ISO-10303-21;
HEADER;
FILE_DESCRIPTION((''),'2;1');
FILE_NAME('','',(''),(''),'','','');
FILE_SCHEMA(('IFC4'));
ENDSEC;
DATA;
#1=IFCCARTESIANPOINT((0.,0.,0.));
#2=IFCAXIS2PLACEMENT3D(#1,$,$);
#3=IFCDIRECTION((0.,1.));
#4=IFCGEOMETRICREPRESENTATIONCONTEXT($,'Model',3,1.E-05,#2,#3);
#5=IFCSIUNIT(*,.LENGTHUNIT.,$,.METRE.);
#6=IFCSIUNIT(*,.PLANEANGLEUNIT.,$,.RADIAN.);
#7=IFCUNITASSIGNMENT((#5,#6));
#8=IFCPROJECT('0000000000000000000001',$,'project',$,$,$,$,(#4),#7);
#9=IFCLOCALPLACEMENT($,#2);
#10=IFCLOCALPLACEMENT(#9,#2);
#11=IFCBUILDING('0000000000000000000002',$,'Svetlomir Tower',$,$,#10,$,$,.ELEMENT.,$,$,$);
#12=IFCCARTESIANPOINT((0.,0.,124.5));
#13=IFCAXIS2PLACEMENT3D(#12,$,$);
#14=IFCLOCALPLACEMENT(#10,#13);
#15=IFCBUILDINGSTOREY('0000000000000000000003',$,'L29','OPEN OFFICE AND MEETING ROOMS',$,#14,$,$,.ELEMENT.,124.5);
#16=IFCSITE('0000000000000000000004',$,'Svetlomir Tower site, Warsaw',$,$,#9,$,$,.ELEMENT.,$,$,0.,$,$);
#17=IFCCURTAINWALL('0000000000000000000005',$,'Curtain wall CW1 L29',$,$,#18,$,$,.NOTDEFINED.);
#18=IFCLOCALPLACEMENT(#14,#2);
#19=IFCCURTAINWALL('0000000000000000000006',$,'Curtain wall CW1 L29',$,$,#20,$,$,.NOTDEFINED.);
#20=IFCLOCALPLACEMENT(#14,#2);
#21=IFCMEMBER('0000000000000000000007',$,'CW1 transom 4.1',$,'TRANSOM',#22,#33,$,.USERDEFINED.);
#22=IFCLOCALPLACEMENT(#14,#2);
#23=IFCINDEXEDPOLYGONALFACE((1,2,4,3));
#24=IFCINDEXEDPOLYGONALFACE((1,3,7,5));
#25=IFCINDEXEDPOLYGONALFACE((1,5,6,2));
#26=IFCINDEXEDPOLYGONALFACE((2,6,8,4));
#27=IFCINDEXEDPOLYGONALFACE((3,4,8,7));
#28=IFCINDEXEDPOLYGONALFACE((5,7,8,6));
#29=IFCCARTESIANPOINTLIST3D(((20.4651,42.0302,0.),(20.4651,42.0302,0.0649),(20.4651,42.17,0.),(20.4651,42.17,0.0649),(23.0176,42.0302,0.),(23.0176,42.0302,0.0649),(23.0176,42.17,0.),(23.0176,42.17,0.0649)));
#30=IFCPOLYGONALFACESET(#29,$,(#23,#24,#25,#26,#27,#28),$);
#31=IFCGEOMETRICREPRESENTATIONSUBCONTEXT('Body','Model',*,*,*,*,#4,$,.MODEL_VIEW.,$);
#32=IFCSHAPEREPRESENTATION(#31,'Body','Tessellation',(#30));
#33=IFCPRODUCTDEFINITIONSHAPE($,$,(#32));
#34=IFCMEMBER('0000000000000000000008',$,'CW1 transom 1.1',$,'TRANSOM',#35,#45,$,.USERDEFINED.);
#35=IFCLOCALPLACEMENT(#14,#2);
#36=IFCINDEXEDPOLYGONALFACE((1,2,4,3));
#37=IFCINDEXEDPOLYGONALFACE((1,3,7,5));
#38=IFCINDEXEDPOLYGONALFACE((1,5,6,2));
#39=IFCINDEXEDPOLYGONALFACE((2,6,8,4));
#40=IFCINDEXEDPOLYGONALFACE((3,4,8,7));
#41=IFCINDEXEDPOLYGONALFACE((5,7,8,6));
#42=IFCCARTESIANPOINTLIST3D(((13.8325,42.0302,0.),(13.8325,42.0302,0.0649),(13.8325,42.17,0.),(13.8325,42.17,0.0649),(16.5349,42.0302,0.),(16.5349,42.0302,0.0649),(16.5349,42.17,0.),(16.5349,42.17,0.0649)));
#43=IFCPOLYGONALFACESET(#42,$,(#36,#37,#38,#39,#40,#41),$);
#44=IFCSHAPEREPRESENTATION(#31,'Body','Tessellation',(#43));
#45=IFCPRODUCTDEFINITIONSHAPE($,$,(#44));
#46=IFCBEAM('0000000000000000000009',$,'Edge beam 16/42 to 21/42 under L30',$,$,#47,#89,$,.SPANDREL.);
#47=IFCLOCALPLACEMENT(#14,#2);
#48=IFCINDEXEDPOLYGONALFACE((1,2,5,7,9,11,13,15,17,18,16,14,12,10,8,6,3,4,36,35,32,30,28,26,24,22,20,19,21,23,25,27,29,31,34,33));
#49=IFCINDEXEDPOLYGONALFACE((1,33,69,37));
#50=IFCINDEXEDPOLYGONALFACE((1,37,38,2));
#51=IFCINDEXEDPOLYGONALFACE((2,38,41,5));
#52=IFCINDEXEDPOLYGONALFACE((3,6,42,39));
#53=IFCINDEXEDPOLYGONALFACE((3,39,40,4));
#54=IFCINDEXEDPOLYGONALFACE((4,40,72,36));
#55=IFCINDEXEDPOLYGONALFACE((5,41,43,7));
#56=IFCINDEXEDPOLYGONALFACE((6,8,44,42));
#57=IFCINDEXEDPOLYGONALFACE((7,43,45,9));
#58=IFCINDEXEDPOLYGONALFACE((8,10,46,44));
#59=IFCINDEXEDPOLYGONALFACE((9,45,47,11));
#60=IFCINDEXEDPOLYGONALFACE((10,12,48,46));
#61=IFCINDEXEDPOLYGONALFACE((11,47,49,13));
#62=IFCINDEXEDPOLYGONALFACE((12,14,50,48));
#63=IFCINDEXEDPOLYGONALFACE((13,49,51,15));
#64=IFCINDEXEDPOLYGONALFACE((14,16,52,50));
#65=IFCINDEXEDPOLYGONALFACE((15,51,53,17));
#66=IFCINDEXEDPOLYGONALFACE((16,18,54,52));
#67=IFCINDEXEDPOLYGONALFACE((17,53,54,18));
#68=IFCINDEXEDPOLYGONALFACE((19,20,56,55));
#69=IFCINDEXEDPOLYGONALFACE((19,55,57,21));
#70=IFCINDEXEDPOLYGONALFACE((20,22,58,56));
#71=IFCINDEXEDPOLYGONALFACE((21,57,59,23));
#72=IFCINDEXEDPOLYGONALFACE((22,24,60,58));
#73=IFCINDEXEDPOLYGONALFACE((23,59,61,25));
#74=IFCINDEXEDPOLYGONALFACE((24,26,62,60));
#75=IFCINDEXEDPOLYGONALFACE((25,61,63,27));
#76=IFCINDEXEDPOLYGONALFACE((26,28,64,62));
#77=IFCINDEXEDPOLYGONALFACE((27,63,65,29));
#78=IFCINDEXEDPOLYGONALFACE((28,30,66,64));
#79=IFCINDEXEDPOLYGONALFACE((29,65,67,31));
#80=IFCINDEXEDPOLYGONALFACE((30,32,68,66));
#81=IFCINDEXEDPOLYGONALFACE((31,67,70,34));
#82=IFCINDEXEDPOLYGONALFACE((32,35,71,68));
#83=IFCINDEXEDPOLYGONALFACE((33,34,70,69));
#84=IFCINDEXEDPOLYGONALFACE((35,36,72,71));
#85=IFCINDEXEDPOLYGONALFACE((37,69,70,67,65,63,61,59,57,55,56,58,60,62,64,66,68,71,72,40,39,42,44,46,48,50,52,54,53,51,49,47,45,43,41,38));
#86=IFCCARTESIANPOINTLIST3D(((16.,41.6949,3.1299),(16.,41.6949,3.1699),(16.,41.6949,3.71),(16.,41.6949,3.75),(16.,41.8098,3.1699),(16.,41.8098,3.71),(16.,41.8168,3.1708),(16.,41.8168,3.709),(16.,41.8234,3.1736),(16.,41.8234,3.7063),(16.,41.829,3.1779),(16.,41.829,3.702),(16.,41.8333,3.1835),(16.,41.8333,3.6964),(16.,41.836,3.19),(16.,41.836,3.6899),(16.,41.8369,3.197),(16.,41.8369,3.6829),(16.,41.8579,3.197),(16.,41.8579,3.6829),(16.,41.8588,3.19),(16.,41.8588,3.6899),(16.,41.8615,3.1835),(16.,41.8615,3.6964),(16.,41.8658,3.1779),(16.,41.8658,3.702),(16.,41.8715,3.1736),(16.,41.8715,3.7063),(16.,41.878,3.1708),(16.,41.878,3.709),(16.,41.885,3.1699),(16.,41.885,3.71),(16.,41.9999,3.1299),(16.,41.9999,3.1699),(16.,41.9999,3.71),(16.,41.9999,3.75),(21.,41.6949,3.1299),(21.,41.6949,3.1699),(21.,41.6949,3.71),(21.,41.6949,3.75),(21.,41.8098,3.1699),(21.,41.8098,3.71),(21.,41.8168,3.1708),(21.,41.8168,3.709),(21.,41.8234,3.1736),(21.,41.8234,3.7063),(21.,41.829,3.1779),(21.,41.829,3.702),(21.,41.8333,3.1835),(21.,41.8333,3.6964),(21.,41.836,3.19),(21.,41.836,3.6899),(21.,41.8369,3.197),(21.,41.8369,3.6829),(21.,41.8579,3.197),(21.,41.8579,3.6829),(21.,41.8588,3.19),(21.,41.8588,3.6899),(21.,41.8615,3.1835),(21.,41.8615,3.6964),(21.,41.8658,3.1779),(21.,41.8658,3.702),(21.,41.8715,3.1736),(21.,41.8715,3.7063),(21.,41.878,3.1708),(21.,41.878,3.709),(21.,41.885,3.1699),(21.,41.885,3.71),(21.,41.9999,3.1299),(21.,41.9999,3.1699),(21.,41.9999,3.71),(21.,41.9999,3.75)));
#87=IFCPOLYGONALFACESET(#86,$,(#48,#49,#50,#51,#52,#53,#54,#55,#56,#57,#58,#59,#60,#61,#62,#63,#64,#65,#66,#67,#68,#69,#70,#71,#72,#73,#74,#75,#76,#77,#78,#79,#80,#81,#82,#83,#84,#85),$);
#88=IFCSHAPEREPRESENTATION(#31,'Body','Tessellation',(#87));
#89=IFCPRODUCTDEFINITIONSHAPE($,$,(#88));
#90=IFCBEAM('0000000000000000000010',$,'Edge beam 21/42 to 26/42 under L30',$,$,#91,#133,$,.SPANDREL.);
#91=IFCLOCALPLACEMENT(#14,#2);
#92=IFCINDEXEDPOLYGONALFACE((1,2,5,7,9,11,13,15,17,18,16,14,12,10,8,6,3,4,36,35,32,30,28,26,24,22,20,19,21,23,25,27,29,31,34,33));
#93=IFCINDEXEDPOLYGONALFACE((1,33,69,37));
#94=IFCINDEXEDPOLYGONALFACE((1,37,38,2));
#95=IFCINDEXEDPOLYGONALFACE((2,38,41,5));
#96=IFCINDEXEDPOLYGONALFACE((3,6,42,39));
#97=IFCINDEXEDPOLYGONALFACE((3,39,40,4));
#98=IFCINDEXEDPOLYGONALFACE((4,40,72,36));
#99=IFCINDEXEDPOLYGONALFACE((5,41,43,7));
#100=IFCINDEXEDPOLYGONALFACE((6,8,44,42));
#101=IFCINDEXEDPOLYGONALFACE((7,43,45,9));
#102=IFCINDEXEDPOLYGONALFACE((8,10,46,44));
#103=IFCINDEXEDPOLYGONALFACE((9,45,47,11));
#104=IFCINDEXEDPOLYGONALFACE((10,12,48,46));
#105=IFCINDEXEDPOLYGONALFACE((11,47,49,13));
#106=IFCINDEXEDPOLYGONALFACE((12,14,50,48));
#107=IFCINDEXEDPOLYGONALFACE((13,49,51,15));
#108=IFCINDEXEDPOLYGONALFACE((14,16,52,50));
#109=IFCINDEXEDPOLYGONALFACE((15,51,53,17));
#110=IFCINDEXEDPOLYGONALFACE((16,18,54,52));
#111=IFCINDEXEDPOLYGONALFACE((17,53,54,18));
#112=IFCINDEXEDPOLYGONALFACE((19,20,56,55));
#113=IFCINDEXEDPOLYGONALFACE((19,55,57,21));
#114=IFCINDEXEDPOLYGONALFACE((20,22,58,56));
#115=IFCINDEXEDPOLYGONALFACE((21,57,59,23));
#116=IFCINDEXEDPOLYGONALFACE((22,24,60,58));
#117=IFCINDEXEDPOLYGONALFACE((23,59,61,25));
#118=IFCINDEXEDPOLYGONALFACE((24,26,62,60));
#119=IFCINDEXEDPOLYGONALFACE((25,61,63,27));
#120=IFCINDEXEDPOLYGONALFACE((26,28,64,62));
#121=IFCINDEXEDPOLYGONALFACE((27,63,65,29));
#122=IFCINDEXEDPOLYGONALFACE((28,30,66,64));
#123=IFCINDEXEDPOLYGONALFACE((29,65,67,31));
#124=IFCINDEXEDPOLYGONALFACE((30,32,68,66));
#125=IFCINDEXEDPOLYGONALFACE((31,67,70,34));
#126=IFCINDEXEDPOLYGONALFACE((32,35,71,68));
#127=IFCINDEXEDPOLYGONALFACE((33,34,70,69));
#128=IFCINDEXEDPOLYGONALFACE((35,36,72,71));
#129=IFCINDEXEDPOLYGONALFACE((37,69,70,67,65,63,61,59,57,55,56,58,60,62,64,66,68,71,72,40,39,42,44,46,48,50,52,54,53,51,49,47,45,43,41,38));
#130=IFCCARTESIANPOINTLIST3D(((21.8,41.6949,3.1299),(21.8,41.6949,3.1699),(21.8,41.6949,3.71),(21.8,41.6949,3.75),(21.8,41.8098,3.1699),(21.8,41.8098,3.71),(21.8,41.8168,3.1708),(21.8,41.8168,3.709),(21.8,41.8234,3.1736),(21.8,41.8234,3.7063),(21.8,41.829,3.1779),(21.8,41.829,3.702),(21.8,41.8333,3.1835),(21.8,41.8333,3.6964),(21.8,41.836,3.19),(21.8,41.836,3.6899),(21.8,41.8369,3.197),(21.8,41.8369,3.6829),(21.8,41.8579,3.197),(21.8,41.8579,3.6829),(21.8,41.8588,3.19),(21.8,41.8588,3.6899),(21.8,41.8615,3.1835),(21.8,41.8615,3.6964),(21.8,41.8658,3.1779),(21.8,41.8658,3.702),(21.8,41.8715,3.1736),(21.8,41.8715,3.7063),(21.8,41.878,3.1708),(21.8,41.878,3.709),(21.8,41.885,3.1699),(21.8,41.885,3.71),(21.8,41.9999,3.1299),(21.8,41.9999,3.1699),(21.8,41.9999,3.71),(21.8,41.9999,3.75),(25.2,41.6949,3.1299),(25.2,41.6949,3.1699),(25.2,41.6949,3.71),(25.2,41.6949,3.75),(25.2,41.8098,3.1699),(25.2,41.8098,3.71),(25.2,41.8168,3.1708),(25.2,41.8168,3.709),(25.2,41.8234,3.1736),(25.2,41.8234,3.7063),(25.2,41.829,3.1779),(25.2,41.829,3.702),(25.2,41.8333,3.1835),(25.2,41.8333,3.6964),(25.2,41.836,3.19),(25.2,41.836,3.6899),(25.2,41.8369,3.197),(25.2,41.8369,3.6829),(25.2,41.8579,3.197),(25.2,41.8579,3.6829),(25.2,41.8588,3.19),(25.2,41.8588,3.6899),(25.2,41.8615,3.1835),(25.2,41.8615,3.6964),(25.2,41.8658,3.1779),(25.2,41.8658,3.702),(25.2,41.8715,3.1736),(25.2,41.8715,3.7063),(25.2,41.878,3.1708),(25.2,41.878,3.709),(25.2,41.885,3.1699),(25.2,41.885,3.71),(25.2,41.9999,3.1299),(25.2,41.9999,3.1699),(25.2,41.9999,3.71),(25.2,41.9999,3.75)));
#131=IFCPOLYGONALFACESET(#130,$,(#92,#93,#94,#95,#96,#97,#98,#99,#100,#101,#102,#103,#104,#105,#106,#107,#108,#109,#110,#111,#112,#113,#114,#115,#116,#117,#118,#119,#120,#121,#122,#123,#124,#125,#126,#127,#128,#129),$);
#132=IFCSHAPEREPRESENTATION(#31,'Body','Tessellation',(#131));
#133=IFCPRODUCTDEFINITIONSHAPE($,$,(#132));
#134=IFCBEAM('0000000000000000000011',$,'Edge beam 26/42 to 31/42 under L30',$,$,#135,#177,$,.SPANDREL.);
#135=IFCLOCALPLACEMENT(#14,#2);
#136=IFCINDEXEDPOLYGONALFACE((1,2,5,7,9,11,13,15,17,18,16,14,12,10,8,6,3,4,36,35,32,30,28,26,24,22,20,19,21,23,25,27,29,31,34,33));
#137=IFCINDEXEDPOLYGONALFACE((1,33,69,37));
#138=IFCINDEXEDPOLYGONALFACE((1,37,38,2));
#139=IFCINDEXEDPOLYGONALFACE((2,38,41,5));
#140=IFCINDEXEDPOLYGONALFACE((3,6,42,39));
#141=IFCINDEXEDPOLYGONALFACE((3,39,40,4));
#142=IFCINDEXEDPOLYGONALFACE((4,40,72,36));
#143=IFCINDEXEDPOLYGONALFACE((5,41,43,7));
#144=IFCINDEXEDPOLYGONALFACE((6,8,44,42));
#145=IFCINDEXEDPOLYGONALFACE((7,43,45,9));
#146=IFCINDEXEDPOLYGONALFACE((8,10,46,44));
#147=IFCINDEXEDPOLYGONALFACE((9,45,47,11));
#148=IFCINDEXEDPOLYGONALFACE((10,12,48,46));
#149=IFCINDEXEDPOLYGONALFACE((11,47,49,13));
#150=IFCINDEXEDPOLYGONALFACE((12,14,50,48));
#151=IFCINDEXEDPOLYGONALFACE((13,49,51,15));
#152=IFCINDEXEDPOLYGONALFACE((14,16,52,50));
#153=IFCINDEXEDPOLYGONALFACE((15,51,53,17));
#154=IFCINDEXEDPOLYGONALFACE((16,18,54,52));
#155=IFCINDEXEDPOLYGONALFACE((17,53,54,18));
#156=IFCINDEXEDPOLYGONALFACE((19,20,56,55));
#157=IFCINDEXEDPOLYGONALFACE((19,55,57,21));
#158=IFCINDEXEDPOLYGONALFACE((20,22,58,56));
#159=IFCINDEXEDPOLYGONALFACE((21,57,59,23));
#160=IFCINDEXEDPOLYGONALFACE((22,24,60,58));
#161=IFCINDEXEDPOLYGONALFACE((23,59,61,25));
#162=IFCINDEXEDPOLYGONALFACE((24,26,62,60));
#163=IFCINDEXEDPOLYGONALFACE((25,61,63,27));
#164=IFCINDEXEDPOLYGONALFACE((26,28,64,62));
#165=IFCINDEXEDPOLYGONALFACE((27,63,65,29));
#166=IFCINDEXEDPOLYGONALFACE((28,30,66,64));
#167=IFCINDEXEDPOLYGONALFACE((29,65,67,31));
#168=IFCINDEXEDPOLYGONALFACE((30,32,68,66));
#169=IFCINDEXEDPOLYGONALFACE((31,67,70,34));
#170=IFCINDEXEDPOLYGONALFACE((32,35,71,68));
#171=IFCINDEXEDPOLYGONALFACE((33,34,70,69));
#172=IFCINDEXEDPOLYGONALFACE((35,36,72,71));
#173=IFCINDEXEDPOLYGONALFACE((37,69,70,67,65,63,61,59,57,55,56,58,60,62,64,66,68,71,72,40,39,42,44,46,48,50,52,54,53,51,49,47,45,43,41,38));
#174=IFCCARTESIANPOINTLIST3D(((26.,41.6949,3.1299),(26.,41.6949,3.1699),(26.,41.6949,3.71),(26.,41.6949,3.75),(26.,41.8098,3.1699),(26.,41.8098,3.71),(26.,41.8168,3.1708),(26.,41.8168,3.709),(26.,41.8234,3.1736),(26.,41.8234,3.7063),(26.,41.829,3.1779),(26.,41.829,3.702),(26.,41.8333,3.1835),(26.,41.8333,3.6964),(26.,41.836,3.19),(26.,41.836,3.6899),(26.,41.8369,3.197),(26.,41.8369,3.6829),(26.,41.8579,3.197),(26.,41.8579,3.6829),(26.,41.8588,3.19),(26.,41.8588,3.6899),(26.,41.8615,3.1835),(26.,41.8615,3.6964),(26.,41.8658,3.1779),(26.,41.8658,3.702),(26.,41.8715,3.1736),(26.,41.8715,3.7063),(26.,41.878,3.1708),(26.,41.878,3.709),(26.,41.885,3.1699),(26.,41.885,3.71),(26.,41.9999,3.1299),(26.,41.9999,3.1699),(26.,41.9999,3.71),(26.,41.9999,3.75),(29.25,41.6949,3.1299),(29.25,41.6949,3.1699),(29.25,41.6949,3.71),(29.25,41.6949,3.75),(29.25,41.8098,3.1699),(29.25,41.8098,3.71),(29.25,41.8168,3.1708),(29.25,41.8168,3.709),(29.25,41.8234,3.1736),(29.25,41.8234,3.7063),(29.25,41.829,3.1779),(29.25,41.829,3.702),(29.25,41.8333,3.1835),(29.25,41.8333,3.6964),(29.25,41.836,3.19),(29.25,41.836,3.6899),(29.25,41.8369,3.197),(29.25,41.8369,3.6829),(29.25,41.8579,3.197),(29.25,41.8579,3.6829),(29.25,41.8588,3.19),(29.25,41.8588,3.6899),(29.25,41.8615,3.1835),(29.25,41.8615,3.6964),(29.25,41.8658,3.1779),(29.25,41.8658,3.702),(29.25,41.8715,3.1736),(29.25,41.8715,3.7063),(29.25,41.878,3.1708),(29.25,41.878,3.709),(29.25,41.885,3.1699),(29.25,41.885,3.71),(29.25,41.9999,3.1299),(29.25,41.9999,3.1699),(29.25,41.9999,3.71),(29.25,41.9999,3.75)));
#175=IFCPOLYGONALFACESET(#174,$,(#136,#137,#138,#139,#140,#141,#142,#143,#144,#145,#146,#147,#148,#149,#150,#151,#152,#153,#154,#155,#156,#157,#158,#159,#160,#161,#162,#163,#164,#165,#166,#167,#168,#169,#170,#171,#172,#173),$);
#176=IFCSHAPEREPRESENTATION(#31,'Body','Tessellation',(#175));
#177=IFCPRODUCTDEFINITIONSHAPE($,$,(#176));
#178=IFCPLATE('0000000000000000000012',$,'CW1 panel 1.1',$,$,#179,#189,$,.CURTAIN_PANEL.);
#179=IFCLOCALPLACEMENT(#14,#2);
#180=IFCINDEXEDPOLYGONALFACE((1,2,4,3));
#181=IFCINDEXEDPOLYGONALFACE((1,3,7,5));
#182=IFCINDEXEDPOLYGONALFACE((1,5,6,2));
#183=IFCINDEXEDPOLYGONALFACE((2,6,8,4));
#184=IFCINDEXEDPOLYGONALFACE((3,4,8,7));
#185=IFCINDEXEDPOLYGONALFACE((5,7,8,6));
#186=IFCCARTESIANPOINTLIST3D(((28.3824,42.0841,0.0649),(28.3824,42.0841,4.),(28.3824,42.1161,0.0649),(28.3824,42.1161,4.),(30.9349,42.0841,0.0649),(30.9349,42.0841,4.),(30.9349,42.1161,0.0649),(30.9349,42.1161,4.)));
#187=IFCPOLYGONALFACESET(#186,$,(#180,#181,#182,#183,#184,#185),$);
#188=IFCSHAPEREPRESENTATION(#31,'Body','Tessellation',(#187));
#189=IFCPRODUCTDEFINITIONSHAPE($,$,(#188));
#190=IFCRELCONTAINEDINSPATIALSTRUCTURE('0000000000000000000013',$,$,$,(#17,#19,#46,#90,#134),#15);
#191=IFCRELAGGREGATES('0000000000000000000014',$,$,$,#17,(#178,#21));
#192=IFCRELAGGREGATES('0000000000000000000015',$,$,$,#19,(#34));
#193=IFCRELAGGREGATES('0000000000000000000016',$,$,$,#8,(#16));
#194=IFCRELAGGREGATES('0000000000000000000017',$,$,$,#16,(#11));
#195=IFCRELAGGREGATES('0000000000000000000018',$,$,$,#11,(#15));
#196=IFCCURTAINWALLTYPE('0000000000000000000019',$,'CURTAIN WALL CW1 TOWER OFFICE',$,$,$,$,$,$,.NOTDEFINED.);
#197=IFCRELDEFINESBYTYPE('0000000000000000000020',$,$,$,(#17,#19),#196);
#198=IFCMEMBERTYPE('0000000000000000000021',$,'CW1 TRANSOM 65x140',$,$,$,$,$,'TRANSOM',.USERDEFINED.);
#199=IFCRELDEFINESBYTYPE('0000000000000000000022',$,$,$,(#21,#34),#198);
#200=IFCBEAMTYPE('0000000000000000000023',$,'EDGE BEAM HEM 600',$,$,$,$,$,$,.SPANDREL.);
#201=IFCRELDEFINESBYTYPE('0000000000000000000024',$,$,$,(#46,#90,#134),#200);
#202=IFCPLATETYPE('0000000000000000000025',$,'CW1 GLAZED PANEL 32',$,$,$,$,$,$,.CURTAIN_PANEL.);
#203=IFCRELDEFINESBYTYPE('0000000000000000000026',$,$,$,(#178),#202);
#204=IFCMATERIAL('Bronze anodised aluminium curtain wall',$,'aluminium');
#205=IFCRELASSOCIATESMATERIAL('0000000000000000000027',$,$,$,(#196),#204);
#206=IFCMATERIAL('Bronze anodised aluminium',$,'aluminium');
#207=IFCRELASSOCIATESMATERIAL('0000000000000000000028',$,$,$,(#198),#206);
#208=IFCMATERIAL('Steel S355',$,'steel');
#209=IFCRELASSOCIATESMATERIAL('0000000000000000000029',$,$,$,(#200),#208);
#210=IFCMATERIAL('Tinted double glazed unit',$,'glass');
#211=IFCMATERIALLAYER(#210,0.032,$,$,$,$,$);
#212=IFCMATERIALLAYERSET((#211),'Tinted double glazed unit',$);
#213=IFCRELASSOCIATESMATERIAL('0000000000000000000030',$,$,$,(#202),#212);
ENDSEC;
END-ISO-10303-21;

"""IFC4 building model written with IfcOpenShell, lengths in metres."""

from ifc_helpers import new_model, si_unit, direction, frame, origin, origin_2d, place, context, subcontext, project, spatial, rectangle, i_section, extrude, material, layer, layer_set, material_profile, profile_set, type_object, element, aggregate, save


model = new_model("IFC4")

# Units and contexts
model_context = context("Model", 3, precision=1e-05, world=origin(), true_north=direction((0.0, 1.0)))
body_context = subcontext(model_context, "Body", "Model", "MODEL_VIEW")
ifc_project = project(units=[si_unit("LENGTHUNIT", "METRE"), si_unit("PLANEANGLEUNIT", "RADIAN")], contexts=[model_context])

# Site, building, storey
site_placement = place(None, origin())
site = spatial("IfcSite", under=ifc_project, at=site_placement, Name="Svetlomir Tower site, Warsaw", CompositionType="ELEMENT", RefElevation=0.0)
building_placement = place(site_placement, origin())
building = spatial("IfcBuilding", under=site, at=building_placement, Name="Svetlomir Tower", CompositionType="ELEMENT")
storey_placement = place(building_placement, frame((0.0, 0.0, 124.5)))
storey = spatial("IfcBuildingStorey", under=building, at=storey_placement, Name="L29", Description="OPEN OFFICE AND MEETING ROOMS", CompositionType="ELEMENT", Elevation=124.5)

# Curtain wall
ifc_material_1 = material(Name="Bronze anodised aluminium curtain wall", Category="aluminium")
curtain_wall_type = type_object("IfcCurtainWallType", Name="CURTAIN WALL CW1 TOWER OFFICE", PredefinedType="NOTDEFINED", material=ifc_material_1)
curtain_wall_1_placement = place(storey_placement, origin())
curtain_wall_1 = element("IfcCurtainWall", 1, at=curtain_wall_1_placement, inside=storey, type_object=curtain_wall_type, Name="Curtain wall CW1 L29", PredefinedType="NOTDEFINED")

# Curtain wall
curtain_wall_2_placement = place(storey_placement, origin())
curtain_wall_2 = element("IfcCurtainWall", 2, at=curtain_wall_2_placement, inside=storey, type_object=curtain_wall_type, Name="Curtain wall CW1 L29", PredefinedType="NOTDEFINED")

# Members
ifc_material_2 = material(Name="Bronze anodised aluminium", Category="aluminium")
ifc_material_profile_1 = material_profile(ifc_material_2, rectangle(XDim=0.1399, YDim=0.0649, at=origin_2d()), Name="AL 140x65")
ifc_profile_set_1 = profile_set([ifc_material_profile_1], Name="Bronze anodised aluminium 6063-T6")
member_type_1 = type_object("IfcMemberType", Name="CW1 TRANSOM 65x140", ElementType="TRANSOM", PredefinedType="USERDEFINED", material=ifc_profile_set_1)
member_1_placement = place(storey_placement, frame((23.0176, 42.1001, 0.0325), z_axis=(-1.0, 0.0, 0.0), x_axis=(0.0, -1.0, 0.0)))
member_1 = element("IfcMember", 3, at=member_1_placement, type_object=member_type_1, Name="CW1 transom 4.1", ObjectType="TRANSOM", PredefinedType="USERDEFINED", context=body_context, shape_type="SweptSolid", body=[
    extrude(rectangle(XDim=0.1399, YDim=0.0649, at=origin_2d()), origin(), (0.0, 0.0, 1.0), 2.5525),
])
member_2_placement = place(storey_placement, frame((16.5349, 42.1001, 0.0325), z_axis=(-1.0, 0.0, 0.0), x_axis=(0.0, -1.0, 0.0)))
member_2 = element("IfcMember", 4, at=member_2_placement, type_object=member_type_1, Name="CW1 transom 1.1", ObjectType="TRANSOM", PredefinedType="USERDEFINED", context=body_context, shape_type="SweptSolid", body=[
    extrude(rectangle(XDim=0.1399, YDim=0.0649, at=origin_2d()), origin(), (0.0, 0.0, 1.0), 2.7024),
])

# Beams
ifc_material_3 = material(Name="Steel S355", Category="steel")
ifc_material_profile_2 = material_profile(ifc_material_3, i_section(OverallWidth=0.3049, OverallDepth=0.6201, WebThickness=0.021, FlangeThickness=0.04, FilletRadius=0.0271, at=origin_2d()), Name="HEM 600")
ifc_profile_set_2 = profile_set([ifc_material_profile_2], Name="Steel S355")
beam_type_1 = type_object("IfcBeamType", Name="EDGE BEAM HEM 600", PredefinedType="SPANDREL", material=ifc_profile_set_2)
beam_1_placement = place(storey_placement, frame((16.0, 41.8474, 3.4399), z_axis=(1.0, 0.0, 0.0), x_axis=(0.0, 1.0, 0.0)))
element("IfcBeam", 5, at=beam_1_placement, inside=storey, type_object=beam_type_1, Name="Edge beam 16/42 to 21/42 under L30", PredefinedType="SPANDREL", context=body_context, shape_type="SweptSolid", body=[
    extrude(i_section(OverallWidth=0.3049, OverallDepth=0.6201, WebThickness=0.021, FlangeThickness=0.04, FilletRadius=0.0271, at=origin_2d()), origin(), (0.0, 0.0, 1.0), 5.0),
])
beam_2_placement = place(storey_placement, frame((21.8, 41.8474, 3.4399), z_axis=(1.0, 0.0, 0.0), x_axis=(0.0, 1.0, 0.0)))
element("IfcBeam", 6, at=beam_2_placement, inside=storey, type_object=beam_type_1, Name="Edge beam 21/42 to 26/42 under L30", PredefinedType="SPANDREL", context=body_context, shape_type="SweptSolid", body=[
    extrude(i_section(OverallWidth=0.3049, OverallDepth=0.6201, WebThickness=0.021, FlangeThickness=0.04, FilletRadius=0.0271, at=origin_2d()), origin(), (0.0, 0.0, 1.0), 3.3999),
])
beam_3_placement = place(storey_placement, frame((26.0, 41.8474, 3.4399), z_axis=(1.0, 0.0, 0.0), x_axis=(0.0, 1.0, 0.0)))
element("IfcBeam", 7, at=beam_3_placement, inside=storey, type_object=beam_type_1, Name="Edge beam 26/42 to 31/42 under L30", PredefinedType="SPANDREL", context=body_context, shape_type="SweptSolid", body=[
    extrude(i_section(OverallWidth=0.3049, OverallDepth=0.6201, WebThickness=0.021, FlangeThickness=0.04, FilletRadius=0.0271, at=origin_2d()), origin(), (0.0, 0.0, 1.0), 3.25),
])

# Plate
ifc_material_4 = material(Name="Tinted double glazed unit", Category="glass")
ifc_layer_1 = layer(ifc_material_4, 0.032)
ifc_layer_set_1 = layer_set([ifc_layer_1], Name="Tinted double glazed unit")
plate_type = type_object("IfcPlateType", Name="CW1 GLAZED PANEL 32", PredefinedType="CURTAIN_PANEL", material=ifc_layer_set_1)
plate_1_placement = place(storey_placement, frame((29.6587, 42.1001, 0.0649), z_axis=(0.0, 0.0, 1.0), x_axis=(-1.0, 0.0, 0.0)))
plate_1 = element("IfcPlate", 8, at=plate_1_placement, type_object=plate_type, Name="CW1 panel 1.1", PredefinedType="CURTAIN_PANEL", context=body_context, shape_type="SweptSolid", body=[
    extrude(rectangle(XDim=2.5525, YDim=0.032, at=origin_2d()), origin(), (0.0, 0.0, 1.0), 3.9351),
])
aggregate(curtain_wall_1, [plate_1, member_1])
aggregate(curtain_wall_2, [member_2])

save(model, "model.ifc")
